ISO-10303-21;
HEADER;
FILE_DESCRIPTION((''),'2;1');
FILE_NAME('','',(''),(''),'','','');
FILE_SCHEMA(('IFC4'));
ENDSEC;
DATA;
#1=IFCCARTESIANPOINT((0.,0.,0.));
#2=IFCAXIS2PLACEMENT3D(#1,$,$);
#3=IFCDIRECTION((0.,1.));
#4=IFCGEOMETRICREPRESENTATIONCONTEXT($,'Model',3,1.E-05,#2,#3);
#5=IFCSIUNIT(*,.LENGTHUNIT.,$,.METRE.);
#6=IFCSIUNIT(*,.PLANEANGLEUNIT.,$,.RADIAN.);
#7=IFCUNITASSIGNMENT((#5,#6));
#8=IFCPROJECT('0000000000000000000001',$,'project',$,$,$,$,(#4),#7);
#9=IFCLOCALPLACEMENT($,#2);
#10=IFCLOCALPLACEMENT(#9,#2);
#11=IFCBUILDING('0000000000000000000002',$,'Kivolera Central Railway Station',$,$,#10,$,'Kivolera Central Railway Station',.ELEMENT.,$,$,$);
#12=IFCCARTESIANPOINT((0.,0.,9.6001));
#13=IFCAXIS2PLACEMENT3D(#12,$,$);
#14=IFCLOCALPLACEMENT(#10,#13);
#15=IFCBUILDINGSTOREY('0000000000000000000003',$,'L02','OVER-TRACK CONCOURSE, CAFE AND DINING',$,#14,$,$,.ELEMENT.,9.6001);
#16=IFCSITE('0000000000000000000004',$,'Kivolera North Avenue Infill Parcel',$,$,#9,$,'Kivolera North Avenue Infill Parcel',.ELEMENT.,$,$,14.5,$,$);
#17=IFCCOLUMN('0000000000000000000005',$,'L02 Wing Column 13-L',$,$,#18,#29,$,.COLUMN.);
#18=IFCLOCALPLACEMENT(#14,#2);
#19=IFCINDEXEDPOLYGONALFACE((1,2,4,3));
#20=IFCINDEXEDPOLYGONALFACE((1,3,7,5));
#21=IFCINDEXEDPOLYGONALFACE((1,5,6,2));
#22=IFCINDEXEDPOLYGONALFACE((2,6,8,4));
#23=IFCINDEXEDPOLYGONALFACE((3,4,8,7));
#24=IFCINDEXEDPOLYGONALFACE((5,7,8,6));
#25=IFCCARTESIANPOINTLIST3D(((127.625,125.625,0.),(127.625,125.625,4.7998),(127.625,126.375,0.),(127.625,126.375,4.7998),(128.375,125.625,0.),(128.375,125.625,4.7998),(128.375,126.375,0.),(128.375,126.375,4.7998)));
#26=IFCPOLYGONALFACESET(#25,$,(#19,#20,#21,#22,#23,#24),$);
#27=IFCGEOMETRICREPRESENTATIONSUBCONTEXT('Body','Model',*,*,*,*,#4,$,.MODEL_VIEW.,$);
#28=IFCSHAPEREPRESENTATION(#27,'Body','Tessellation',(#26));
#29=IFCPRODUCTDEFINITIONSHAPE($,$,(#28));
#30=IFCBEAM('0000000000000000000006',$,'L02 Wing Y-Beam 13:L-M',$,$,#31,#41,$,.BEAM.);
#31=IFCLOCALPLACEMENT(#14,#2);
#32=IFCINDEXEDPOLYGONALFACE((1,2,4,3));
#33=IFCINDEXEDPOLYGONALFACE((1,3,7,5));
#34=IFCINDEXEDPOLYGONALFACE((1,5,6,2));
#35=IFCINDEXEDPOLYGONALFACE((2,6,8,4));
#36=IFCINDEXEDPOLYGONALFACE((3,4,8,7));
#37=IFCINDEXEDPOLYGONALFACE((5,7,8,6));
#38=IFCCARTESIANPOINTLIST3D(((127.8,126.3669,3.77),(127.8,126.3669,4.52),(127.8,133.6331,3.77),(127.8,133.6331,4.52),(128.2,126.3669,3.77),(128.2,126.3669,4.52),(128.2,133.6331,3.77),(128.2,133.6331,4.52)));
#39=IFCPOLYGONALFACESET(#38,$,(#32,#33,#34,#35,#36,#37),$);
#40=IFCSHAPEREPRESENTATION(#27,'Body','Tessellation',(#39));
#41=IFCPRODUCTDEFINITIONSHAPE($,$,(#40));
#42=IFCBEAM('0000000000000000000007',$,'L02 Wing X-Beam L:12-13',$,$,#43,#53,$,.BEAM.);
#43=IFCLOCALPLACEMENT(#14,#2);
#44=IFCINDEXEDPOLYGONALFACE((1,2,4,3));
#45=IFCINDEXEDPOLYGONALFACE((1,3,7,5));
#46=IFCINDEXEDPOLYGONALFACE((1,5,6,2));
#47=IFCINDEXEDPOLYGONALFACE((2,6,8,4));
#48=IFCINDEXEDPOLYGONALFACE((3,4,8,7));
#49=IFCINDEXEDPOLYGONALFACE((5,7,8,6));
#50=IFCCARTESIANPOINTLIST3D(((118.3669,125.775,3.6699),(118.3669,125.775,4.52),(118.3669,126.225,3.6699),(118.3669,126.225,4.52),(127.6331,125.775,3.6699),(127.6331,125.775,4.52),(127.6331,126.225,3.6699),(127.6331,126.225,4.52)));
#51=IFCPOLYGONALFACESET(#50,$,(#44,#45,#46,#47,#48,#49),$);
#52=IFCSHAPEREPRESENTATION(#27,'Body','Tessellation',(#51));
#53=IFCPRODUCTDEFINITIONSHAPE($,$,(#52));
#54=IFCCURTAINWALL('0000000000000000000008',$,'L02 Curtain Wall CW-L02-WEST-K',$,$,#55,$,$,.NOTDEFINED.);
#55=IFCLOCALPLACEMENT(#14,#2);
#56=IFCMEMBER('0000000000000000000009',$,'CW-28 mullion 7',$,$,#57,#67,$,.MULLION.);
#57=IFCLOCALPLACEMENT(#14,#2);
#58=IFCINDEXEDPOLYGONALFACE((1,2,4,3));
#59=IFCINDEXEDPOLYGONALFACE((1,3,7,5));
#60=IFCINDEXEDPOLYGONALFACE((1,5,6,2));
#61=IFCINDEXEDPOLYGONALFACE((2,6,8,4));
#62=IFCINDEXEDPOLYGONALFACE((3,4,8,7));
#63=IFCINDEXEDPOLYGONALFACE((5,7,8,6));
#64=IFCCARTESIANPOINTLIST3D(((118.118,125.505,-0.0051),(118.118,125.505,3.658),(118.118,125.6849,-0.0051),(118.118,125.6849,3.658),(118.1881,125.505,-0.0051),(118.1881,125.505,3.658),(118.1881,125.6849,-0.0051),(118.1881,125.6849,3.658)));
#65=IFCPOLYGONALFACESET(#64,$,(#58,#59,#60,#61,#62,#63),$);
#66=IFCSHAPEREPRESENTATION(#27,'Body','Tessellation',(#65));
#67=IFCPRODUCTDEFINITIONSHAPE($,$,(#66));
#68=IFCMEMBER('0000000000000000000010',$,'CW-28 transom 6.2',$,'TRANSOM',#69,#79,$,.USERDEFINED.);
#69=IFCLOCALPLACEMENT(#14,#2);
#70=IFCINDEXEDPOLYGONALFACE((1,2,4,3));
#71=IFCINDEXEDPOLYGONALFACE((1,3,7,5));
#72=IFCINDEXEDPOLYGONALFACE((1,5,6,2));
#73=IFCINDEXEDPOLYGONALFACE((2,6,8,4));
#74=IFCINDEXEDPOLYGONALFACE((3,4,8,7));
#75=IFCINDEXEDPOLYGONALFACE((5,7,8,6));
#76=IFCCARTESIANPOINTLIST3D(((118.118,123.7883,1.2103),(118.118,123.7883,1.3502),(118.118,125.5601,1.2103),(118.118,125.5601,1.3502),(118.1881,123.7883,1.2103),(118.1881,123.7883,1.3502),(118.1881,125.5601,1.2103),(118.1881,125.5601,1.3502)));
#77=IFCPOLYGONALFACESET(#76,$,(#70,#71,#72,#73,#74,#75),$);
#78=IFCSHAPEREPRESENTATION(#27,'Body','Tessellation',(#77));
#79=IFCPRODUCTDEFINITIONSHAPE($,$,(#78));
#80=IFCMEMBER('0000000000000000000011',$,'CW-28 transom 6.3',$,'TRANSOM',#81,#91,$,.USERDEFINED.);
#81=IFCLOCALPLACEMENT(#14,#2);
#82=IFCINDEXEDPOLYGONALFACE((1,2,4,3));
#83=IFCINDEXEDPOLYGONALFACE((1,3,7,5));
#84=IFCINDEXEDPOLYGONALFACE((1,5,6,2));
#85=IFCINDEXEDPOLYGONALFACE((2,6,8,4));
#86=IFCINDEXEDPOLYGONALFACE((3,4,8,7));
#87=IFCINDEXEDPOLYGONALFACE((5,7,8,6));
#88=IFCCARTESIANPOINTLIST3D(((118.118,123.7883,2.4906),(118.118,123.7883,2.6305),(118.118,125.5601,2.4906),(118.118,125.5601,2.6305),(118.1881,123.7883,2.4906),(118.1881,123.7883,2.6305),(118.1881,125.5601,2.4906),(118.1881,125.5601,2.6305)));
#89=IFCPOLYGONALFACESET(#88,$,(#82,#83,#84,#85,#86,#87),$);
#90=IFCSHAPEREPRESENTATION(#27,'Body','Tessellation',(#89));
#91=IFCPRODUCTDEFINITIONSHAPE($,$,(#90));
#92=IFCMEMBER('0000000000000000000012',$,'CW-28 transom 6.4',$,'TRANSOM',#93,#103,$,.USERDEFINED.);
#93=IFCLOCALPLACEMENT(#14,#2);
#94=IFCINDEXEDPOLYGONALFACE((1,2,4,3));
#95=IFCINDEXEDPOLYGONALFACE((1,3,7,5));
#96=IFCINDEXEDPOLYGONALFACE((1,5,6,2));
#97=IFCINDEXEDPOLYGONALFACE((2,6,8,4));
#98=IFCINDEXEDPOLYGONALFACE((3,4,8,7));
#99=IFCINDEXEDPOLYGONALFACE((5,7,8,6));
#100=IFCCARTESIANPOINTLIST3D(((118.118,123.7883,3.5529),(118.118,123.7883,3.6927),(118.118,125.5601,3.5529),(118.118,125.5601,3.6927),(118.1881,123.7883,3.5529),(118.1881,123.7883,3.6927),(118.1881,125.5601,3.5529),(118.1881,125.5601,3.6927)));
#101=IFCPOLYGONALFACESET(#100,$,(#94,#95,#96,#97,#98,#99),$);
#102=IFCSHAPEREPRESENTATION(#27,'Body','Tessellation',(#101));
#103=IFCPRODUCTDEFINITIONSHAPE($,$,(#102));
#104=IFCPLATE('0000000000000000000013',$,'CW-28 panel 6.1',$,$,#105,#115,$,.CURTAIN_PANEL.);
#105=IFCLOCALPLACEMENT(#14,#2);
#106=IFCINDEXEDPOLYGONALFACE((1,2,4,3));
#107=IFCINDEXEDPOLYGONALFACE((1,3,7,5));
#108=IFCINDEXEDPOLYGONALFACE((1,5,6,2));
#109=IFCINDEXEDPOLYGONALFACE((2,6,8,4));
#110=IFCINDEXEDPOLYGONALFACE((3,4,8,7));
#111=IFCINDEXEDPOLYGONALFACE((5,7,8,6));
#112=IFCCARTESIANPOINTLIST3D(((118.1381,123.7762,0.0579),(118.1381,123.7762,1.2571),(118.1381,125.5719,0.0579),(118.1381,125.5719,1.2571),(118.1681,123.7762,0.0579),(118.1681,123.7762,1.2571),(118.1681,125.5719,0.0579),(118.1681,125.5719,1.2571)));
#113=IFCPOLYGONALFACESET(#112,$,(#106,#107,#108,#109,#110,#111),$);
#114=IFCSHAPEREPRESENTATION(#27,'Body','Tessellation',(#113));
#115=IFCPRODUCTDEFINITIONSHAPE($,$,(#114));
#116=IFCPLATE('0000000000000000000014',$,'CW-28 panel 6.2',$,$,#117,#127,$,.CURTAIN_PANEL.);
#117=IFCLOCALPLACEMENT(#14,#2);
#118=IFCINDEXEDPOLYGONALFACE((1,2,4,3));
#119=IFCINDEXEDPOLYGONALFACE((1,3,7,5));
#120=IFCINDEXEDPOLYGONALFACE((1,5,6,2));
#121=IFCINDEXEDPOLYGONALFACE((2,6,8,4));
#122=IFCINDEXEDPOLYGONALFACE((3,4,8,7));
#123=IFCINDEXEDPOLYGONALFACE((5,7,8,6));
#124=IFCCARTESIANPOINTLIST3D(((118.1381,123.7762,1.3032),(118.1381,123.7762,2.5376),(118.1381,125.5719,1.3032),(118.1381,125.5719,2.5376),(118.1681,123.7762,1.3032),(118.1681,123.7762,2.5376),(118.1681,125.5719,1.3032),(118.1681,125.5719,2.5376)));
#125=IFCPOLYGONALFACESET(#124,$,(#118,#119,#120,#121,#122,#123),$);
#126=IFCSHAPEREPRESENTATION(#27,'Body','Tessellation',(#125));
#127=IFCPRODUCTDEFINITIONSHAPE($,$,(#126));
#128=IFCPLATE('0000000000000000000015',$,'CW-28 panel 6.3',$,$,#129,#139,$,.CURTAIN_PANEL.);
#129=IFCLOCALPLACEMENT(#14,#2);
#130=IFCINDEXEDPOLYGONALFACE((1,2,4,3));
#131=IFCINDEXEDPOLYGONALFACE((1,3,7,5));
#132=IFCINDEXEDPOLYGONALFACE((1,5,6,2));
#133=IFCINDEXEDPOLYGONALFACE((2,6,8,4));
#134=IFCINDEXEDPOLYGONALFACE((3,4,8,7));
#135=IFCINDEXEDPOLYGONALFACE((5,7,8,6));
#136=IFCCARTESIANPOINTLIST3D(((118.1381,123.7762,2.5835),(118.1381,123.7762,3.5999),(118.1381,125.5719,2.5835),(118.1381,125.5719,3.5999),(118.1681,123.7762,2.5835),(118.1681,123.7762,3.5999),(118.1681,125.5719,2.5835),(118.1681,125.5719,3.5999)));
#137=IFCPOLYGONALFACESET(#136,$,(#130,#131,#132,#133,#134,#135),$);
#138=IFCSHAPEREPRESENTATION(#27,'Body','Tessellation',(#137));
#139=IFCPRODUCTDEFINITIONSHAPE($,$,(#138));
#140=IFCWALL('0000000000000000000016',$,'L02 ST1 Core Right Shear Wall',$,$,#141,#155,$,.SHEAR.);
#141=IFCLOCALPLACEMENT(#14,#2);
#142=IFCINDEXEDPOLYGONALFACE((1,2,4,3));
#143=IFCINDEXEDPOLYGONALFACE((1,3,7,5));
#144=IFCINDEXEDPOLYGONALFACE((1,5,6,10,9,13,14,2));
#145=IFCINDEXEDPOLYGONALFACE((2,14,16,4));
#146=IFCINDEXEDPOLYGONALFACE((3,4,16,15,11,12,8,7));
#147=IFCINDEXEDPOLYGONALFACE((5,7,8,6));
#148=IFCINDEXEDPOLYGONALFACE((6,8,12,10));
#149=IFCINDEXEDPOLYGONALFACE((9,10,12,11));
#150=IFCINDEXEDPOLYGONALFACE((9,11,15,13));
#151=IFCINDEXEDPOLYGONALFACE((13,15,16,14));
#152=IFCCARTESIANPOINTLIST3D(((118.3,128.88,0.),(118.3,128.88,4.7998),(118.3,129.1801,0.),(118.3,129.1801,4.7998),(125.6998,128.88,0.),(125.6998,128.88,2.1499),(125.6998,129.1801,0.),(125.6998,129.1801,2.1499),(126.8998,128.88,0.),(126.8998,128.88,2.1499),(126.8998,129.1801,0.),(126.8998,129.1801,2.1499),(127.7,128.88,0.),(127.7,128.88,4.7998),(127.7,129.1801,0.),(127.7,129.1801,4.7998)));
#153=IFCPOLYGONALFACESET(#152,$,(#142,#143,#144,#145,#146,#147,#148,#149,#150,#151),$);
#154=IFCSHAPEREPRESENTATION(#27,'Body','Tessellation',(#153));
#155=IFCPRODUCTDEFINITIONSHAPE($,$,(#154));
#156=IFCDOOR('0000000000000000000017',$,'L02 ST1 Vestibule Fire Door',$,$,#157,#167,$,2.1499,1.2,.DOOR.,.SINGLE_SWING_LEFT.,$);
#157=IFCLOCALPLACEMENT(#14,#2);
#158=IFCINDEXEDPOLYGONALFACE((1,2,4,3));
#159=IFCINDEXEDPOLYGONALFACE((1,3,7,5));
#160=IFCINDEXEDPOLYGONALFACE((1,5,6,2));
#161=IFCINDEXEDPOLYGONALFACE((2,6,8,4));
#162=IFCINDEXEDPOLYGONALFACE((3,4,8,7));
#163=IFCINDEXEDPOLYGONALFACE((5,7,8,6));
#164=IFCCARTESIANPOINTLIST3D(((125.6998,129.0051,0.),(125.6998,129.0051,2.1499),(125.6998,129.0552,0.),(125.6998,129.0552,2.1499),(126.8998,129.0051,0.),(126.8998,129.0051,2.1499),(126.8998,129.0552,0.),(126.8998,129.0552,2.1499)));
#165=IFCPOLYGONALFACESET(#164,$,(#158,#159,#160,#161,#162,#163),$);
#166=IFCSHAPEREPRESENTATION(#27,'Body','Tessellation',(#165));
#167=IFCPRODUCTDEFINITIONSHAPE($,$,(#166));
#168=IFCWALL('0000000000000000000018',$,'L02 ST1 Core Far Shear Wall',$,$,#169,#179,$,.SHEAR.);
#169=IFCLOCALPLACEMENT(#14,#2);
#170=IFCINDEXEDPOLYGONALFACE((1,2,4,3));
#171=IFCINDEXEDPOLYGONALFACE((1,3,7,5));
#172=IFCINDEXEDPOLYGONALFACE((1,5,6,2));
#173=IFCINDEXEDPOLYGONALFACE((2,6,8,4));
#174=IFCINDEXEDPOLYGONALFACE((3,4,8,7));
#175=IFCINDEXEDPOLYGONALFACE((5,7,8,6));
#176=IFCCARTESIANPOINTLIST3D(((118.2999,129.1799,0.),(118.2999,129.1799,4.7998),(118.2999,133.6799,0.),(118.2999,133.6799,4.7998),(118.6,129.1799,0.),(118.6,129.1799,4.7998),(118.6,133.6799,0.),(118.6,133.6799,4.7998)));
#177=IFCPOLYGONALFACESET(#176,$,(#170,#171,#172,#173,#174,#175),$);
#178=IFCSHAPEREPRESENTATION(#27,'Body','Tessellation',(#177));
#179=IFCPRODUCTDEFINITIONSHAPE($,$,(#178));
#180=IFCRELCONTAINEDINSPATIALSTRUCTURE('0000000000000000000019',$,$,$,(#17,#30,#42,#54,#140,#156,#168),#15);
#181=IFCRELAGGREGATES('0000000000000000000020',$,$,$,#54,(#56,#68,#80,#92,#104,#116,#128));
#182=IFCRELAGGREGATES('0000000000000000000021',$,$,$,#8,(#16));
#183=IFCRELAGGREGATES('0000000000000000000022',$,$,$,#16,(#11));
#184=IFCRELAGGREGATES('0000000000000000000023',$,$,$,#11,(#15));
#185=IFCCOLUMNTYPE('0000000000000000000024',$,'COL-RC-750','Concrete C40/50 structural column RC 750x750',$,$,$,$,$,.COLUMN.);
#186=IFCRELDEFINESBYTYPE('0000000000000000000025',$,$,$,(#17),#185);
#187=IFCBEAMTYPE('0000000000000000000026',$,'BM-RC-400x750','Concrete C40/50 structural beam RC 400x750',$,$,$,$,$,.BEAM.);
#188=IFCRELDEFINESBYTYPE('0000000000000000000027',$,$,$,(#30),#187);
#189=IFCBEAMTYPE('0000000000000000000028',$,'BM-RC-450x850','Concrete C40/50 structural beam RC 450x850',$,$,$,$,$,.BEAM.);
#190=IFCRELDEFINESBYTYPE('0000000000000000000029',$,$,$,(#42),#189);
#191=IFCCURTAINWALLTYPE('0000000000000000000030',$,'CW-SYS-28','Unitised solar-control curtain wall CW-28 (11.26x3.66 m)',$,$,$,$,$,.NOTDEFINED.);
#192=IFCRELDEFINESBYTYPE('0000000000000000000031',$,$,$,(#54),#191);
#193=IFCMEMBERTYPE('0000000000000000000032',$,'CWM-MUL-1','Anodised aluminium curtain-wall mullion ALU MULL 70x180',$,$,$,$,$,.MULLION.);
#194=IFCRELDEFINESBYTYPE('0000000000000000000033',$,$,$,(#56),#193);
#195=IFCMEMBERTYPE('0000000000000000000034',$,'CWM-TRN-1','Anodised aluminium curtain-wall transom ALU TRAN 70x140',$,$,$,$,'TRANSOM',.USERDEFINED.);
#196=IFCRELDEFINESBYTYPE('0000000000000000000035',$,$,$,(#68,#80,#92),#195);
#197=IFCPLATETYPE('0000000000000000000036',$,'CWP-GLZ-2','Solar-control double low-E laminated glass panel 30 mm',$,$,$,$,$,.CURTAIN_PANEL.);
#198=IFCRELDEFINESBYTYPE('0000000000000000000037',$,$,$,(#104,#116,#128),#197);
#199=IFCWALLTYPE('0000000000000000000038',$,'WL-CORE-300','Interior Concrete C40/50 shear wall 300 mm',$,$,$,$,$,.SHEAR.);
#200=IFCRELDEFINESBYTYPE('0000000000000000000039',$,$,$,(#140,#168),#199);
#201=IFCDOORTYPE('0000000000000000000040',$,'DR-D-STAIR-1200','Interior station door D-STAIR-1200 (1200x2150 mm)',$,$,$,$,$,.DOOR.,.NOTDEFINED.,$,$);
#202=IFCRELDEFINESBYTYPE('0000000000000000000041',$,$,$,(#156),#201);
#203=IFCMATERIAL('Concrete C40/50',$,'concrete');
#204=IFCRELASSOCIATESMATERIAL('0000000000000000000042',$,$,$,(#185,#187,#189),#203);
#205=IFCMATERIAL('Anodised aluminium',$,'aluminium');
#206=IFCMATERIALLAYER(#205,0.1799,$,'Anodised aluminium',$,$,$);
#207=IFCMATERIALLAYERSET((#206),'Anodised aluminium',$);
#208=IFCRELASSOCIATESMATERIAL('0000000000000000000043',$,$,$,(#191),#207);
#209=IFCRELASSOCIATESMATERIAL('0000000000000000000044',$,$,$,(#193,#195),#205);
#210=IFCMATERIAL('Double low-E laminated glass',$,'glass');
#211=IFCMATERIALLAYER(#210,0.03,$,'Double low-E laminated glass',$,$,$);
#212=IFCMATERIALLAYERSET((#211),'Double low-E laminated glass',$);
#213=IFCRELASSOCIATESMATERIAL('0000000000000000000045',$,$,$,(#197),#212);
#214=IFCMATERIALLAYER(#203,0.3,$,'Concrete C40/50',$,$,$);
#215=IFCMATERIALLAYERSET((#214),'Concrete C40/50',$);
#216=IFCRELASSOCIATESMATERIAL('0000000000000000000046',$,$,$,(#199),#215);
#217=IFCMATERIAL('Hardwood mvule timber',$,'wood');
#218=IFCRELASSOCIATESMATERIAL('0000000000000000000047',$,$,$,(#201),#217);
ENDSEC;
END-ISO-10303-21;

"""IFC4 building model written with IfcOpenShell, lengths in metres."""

from ifc_helpers import new_model, si_unit, direction, frame, frame_2d, origin, origin_2d, place, context, subcontext, project, spatial, rectangle, extrude, material, layer, layer_set, material_profile, profile_set, type_object, element, fill, aggregate, save


model = new_model("IFC4")

# Units and contexts
model_context = context("Model", 3, precision=1e-05, world=origin(), true_north=direction((0.0, 1.0)))
body_context = subcontext(model_context, "Body", "Model", "MODEL_VIEW")
ifc_project = project(units=[si_unit("LENGTHUNIT", "METRE"), si_unit("PLANEANGLEUNIT", "RADIAN")], contexts=[model_context])

# Site, building, storey
site_placement = place(None, origin())
site = spatial("IfcSite", under=ifc_project, at=site_placement, Name="Kivolera North Avenue Infill Parcel", LongName="Kivolera North Avenue Infill Parcel", CompositionType="ELEMENT", RefElevation=14.5)
building_placement = place(site_placement, origin())
building = spatial("IfcBuilding", under=site, at=building_placement, Name="Kivolera Central Railway Station", LongName="Kivolera Central Railway Station", CompositionType="ELEMENT")
storey_placement = place(building_placement, frame((0.0, 0.0, 9.6001)))
storey = spatial("IfcBuildingStorey", under=building, at=storey_placement, Name="L02", Description="OVER-TRACK CONCOURSE, CAFE AND DINING", CompositionType="ELEMENT", Elevation=9.6001)

# Column
ifc_material_1 = material(Name="Concrete C40/50", Category="concrete")
ifc_material_profile_1 = material_profile(ifc_material_1, rectangle(XDim=0.75, YDim=0.75, at=origin_2d()), Name="RC 750x750")
ifc_profile_set_1 = profile_set([ifc_material_profile_1], Name="Concrete C40/50")
column_type = type_object("IfcColumnType", Name="COL-RC-750", Description="Concrete C40/50 structural column RC 750x750", PredefinedType="COLUMN", material=ifc_profile_set_1)
column_placement = place(storey_placement, frame((128.0, 126.0, 0.0), z_axis=(0.0, 0.0, 1.0), x_axis=(1.0, 0.0, 0.0)))
element("IfcColumn", 1, at=column_placement, inside=storey, type_object=column_type, Name="L02 Wing Column 13-L", PredefinedType="COLUMN", context=body_context, shape_type="SweptSolid", body=[
    extrude(rectangle(XDim=0.75, YDim=0.75, at=origin_2d()), origin(), (0.0, 0.0, 1.0), 4.7998),
])

# Beams
ifc_material_profile_2 = material_profile(ifc_material_1, rectangle(XDim=0.3999, YDim=0.75, at=origin_2d()), Name="RC 400x750")
ifc_profile_set_2 = profile_set([ifc_material_profile_2], Name="Concrete C40/50")
beam_type_1 = type_object("IfcBeamType", Name="BM-RC-400x750", Description="Concrete C40/50 structural beam RC 400x750", PredefinedType="BEAM", material=ifc_profile_set_2)
beam_1_placement = place(storey_placement, frame((128.0, 126.3669, 4.145), z_axis=(0.0, 1.0, 0.0), x_axis=(-1.0, 0.0, 0.0)))
element("IfcBeam", 2, at=beam_1_placement, inside=storey, type_object=beam_type_1, Name="L02 Wing Y-Beam 13:L-M", PredefinedType="BEAM", context=body_context, shape_type="SweptSolid", body=[
    extrude(rectangle(XDim=0.3999, YDim=0.75, at=origin_2d()), origin(), (0.0, 0.0, 1.0), 7.2661),
])
ifc_material_profile_3 = material_profile(ifc_material_1, rectangle(XDim=0.45, YDim=0.8501, at=origin_2d()), Name="RC 450x850")
ifc_profile_set_3 = profile_set([ifc_material_profile_3], Name="Concrete C40/50")
beam_type_2 = type_object("IfcBeamType", Name="BM-RC-450x850", Description="Concrete C40/50 structural beam RC 450x850", PredefinedType="BEAM", material=ifc_profile_set_3)
beam_2_placement = place(storey_placement, frame((118.3669, 126.0, 4.095), z_axis=(1.0, 0.0, 0.0), x_axis=(0.0, 1.0, 0.0)))
element("IfcBeam", 3, at=beam_2_placement, inside=storey, type_object=beam_type_2, Name="L02 Wing X-Beam L:12-13", PredefinedType="BEAM", context=body_context, shape_type="SweptSolid", body=[
    extrude(rectangle(XDim=0.45, YDim=0.8501, at=origin_2d()), origin(), (0.0, 0.0, 1.0), 9.2661),
])

# Curtain wall, members, plates
ifc_material_2 = material(Name="Anodised aluminium", Category="aluminium")
ifc_layer_1 = layer(ifc_material_2, 0.1799, Name="Anodised aluminium")
ifc_layer_set_1 = layer_set([ifc_layer_1], Name="Anodised aluminium")
curtain_wall_type = type_object("IfcCurtainWallType", Name="CW-SYS-28", Description="Unitised solar-control curtain wall CW-28 (11.26x3.66 m)", PredefinedType="NOTDEFINED", material=ifc_layer_set_1)
curtain_wall_placement = place(storey_placement, origin())
curtain_wall = element("IfcCurtainWall", 4, at=curtain_wall_placement, inside=storey, type_object=curtain_wall_type, Name="L02 Curtain Wall CW-L02-WEST-K", PredefinedType="NOTDEFINED")
ifc_material_profile_4 = material_profile(ifc_material_2, rectangle(XDim=0.0701, YDim=0.1799, at=origin_2d()), Name="ALU MULL 70x180")
ifc_profile_set_4 = profile_set([ifc_material_profile_4], Name="Anodised aluminium")
member_type_1 = type_object("IfcMemberType", Name="CWM-MUL-1", Description="Anodised aluminium curtain-wall mullion ALU MULL 70x180", PredefinedType="MULLION", material=ifc_profile_set_4)
member_1_placement = place(storey_placement, frame((118.1531, 125.595, -0.0051), z_axis=(0.0, 0.0, 1.0), x_axis=(-1.0, 0.0, 0.0)))
member_1 = element("IfcMember", 5, at=member_1_placement, type_object=member_type_1, Name="CW-28 mullion 7", PredefinedType="MULLION", context=body_context, shape_type="SweptSolid", body=[
    extrude(rectangle(XDim=0.0701, YDim=0.1799, at=origin_2d()), origin(), (0.0, 0.0, 1.0), 3.6631),
])
ifc_material_profile_5 = material_profile(ifc_material_2, rectangle(XDim=0.0701, YDim=0.1399, at=origin_2d()), Name="ALU TRAN 70x140")
ifc_profile_set_5 = profile_set([ifc_material_profile_5], Name="Anodised aluminium")
member_type_2 = type_object("IfcMemberType", Name="CWM-TRN-1", Description="Anodised aluminium curtain-wall transom ALU TRAN 70x140", ElementType="TRANSOM", PredefinedType="USERDEFINED", material=ifc_profile_set_5)
member_2_placement = place(storey_placement, frame((118.1531, 123.7883, 1.2803), z_axis=(0.0, 1.0, 0.0), x_axis=(-1.0, 0.0, 0.0)))
member_2 = element("IfcMember", 6, at=member_2_placement, type_object=member_type_2, Name="CW-28 transom 6.2", ObjectType="TRANSOM", PredefinedType="USERDEFINED", context=body_context, shape_type="SweptSolid", body=[
    extrude(rectangle(XDim=0.0701, YDim=0.1399, at=origin_2d()), origin(), (0.0, 0.0, 1.0), 1.7717),
])
member_3_placement = place(storey_placement, frame((118.1531, 123.7883, 2.5605), z_axis=(0.0, 1.0, 0.0), x_axis=(-1.0, 0.0, 0.0)))
member_3 = element("IfcMember", 7, at=member_3_placement, type_object=member_type_2, Name="CW-28 transom 6.3", ObjectType="TRANSOM", PredefinedType="USERDEFINED", context=body_context, shape_type="SweptSolid", body=[
    extrude(rectangle(XDim=0.0701, YDim=0.1399, at=origin_2d()), origin(), (0.0, 0.0, 1.0), 1.7717),
])
member_4_placement = place(storey_placement, frame((118.1531, 123.7883, 3.6228), z_axis=(0.0, 1.0, 0.0), x_axis=(-1.0, 0.0, 0.0)))
member_4 = element("IfcMember", 8, at=member_4_placement, type_object=member_type_2, Name="CW-28 transom 6.4", ObjectType="TRANSOM", PredefinedType="USERDEFINED", context=body_context, shape_type="SweptSolid", body=[
    extrude(rectangle(XDim=0.0701, YDim=0.1399, at=origin_2d()), origin(), (0.0, 0.0, 1.0), 1.7717),
])
ifc_material_3 = material(Name="Double low-E laminated glass", Category="glass")
ifc_layer_2 = layer(ifc_material_3, 0.03, Name="Double low-E laminated glass")
ifc_layer_set_2 = layer_set([ifc_layer_2], Name="Double low-E laminated glass")
plate_type = type_object("IfcPlateType", Name="CWP-GLZ-2", Description="Solar-control double low-E laminated glass panel 30 mm", PredefinedType="CURTAIN_PANEL", material=ifc_layer_set_2)
plate_1_placement = place(storey_placement, frame((118.1531, 124.6741, 0.0579), z_axis=(0.0, 0.0, 1.0), x_axis=(0.0, 1.0, 0.0)))
plate_1 = element("IfcPlate", 9, at=plate_1_placement, type_object=plate_type, Name="CW-28 panel 6.1", PredefinedType="CURTAIN_PANEL", context=body_context, shape_type="SweptSolid", body=[
    extrude(rectangle(XDim=1.7957, YDim=0.03, at=origin_2d()), origin(), (0.0, 0.0, 1.0), 1.1992),
])
plate_2_placement = place(storey_placement, frame((118.1531, 124.6741, 1.3032), z_axis=(0.0, 0.0, 1.0), x_axis=(0.0, 1.0, 0.0)))
plate_2 = element("IfcPlate", 10, at=plate_2_placement, type_object=plate_type, Name="CW-28 panel 6.2", PredefinedType="CURTAIN_PANEL", context=body_context, shape_type="SweptSolid", body=[
    extrude(rectangle(XDim=1.7957, YDim=0.03, at=origin_2d()), origin(), (0.0, 0.0, 1.0), 1.2344),
])
plate_3_placement = place(storey_placement, frame((118.1531, 124.6741, 2.5835), z_axis=(0.0, 0.0, 1.0), x_axis=(0.0, 1.0, 0.0)))
plate_3 = element("IfcPlate", 11, at=plate_3_placement, type_object=plate_type, Name="CW-28 panel 6.3", PredefinedType="CURTAIN_PANEL", context=body_context, shape_type="SweptSolid", body=[
    extrude(rectangle(XDim=1.7957, YDim=0.03, at=origin_2d()), origin(), (0.0, 0.0, 1.0), 1.0164),
])
aggregate(curtain_wall, [member_1, member_2, member_3, member_4, plate_1, plate_2, plate_3])

# Wall, opening, door
ifc_layer_3 = layer(ifc_material_1, 0.3, Name="Concrete C40/50")
ifc_layer_set_3 = layer_set([ifc_layer_3], Name="Concrete C40/50")
wall_type_1 = type_object("IfcWallType", Name="WL-CORE-300", Description="Interior Concrete C40/50 shear wall 300 mm", PredefinedType="SHEAR", material=ifc_layer_set_3)
wall_1_placement = place(storey_placement, frame((127.7, 129.03, 0.0), z_axis=(0.0, 0.0, 1.0), x_axis=(-1.0, 0.0, 0.0)))
wall_1 = element("IfcWall", 12, at=wall_1_placement, inside=storey, type_object=wall_type_1, Name="L02 ST1 Core Right Shear Wall", PredefinedType="SHEAR", context=body_context, shape_type="SweptSolid", body=[
    extrude(rectangle(XDim=9.3999, YDim=0.3, at=frame_2d((4.7, 0.0))), origin(), (0.0, 0.0, 1.0), 4.7998),
])
opening_1_placement = place(wall_1_placement, frame((0.8, 0.0, 0.0)))
opening_1 = element("IfcOpeningElement", 13, at=opening_1_placement, cuts=wall_1, PredefinedType="OPENING", context=body_context, shape_type="SweptSolid", body=[
    extrude(rectangle(XDim=1.2, YDim=2.1499, at=frame_2d((0.6001, 1.075))), frame((0.0, 0.1599, 0.0), z_axis=(0.0, -1.0, 0.0), x_axis=(1.0, 0.0, 0.0)), (0.0, 0.0, 1.0), 0.3201),
])
ifc_material_4 = material(Name="Hardwood mvule timber", Category="wood")
door_type_1 = type_object("IfcDoorType", Name="DR-D-STAIR-1200", Description="Interior station door D-STAIR-1200 (1200x2150 mm)", OperationType="NOTDEFINED", PredefinedType="DOOR", material=ifc_material_4)
door_1_placement = place(opening_1_placement, origin())
door_1 = element("IfcDoor", 14, at=door_1_placement, inside=storey, type_object=door_type_1, Name="L02 ST1 Vestibule Fire Door", OperationType="SINGLE_SWING_LEFT", OverallHeight=2.1499, OverallWidth=1.2, PredefinedType="DOOR", context=body_context, shape_type="SweptSolid", body=[
    extrude(rectangle(XDim=1.2, YDim=2.1499, at=frame_2d((0.6001, 1.075))), frame((0.0, 0.0249, 0.0), z_axis=(0.0, -1.0, 0.0), x_axis=(1.0, 0.0, 0.0)), (0.0, 0.0, 1.0), 0.05),
])
fill(opening_1, door_1)

# Wall
wall_2_placement = place(storey_placement, frame((118.45, 129.1799, 0.0), z_axis=(0.0, 0.0, 1.0), x_axis=(0.0, 1.0, 0.0)))
element("IfcWall", 15, at=wall_2_placement, inside=storey, type_object=wall_type_1, Name="L02 ST1 Core Far Shear Wall", PredefinedType="SHEAR", context=body_context, shape_type="SweptSolid", body=[
    extrude(rectangle(XDim=4.5, YDim=0.3, at=frame_2d((2.25, 0.0))), origin(), (0.0, 0.0, 1.0), 4.7998),
])

save(model, "model.ifc")
